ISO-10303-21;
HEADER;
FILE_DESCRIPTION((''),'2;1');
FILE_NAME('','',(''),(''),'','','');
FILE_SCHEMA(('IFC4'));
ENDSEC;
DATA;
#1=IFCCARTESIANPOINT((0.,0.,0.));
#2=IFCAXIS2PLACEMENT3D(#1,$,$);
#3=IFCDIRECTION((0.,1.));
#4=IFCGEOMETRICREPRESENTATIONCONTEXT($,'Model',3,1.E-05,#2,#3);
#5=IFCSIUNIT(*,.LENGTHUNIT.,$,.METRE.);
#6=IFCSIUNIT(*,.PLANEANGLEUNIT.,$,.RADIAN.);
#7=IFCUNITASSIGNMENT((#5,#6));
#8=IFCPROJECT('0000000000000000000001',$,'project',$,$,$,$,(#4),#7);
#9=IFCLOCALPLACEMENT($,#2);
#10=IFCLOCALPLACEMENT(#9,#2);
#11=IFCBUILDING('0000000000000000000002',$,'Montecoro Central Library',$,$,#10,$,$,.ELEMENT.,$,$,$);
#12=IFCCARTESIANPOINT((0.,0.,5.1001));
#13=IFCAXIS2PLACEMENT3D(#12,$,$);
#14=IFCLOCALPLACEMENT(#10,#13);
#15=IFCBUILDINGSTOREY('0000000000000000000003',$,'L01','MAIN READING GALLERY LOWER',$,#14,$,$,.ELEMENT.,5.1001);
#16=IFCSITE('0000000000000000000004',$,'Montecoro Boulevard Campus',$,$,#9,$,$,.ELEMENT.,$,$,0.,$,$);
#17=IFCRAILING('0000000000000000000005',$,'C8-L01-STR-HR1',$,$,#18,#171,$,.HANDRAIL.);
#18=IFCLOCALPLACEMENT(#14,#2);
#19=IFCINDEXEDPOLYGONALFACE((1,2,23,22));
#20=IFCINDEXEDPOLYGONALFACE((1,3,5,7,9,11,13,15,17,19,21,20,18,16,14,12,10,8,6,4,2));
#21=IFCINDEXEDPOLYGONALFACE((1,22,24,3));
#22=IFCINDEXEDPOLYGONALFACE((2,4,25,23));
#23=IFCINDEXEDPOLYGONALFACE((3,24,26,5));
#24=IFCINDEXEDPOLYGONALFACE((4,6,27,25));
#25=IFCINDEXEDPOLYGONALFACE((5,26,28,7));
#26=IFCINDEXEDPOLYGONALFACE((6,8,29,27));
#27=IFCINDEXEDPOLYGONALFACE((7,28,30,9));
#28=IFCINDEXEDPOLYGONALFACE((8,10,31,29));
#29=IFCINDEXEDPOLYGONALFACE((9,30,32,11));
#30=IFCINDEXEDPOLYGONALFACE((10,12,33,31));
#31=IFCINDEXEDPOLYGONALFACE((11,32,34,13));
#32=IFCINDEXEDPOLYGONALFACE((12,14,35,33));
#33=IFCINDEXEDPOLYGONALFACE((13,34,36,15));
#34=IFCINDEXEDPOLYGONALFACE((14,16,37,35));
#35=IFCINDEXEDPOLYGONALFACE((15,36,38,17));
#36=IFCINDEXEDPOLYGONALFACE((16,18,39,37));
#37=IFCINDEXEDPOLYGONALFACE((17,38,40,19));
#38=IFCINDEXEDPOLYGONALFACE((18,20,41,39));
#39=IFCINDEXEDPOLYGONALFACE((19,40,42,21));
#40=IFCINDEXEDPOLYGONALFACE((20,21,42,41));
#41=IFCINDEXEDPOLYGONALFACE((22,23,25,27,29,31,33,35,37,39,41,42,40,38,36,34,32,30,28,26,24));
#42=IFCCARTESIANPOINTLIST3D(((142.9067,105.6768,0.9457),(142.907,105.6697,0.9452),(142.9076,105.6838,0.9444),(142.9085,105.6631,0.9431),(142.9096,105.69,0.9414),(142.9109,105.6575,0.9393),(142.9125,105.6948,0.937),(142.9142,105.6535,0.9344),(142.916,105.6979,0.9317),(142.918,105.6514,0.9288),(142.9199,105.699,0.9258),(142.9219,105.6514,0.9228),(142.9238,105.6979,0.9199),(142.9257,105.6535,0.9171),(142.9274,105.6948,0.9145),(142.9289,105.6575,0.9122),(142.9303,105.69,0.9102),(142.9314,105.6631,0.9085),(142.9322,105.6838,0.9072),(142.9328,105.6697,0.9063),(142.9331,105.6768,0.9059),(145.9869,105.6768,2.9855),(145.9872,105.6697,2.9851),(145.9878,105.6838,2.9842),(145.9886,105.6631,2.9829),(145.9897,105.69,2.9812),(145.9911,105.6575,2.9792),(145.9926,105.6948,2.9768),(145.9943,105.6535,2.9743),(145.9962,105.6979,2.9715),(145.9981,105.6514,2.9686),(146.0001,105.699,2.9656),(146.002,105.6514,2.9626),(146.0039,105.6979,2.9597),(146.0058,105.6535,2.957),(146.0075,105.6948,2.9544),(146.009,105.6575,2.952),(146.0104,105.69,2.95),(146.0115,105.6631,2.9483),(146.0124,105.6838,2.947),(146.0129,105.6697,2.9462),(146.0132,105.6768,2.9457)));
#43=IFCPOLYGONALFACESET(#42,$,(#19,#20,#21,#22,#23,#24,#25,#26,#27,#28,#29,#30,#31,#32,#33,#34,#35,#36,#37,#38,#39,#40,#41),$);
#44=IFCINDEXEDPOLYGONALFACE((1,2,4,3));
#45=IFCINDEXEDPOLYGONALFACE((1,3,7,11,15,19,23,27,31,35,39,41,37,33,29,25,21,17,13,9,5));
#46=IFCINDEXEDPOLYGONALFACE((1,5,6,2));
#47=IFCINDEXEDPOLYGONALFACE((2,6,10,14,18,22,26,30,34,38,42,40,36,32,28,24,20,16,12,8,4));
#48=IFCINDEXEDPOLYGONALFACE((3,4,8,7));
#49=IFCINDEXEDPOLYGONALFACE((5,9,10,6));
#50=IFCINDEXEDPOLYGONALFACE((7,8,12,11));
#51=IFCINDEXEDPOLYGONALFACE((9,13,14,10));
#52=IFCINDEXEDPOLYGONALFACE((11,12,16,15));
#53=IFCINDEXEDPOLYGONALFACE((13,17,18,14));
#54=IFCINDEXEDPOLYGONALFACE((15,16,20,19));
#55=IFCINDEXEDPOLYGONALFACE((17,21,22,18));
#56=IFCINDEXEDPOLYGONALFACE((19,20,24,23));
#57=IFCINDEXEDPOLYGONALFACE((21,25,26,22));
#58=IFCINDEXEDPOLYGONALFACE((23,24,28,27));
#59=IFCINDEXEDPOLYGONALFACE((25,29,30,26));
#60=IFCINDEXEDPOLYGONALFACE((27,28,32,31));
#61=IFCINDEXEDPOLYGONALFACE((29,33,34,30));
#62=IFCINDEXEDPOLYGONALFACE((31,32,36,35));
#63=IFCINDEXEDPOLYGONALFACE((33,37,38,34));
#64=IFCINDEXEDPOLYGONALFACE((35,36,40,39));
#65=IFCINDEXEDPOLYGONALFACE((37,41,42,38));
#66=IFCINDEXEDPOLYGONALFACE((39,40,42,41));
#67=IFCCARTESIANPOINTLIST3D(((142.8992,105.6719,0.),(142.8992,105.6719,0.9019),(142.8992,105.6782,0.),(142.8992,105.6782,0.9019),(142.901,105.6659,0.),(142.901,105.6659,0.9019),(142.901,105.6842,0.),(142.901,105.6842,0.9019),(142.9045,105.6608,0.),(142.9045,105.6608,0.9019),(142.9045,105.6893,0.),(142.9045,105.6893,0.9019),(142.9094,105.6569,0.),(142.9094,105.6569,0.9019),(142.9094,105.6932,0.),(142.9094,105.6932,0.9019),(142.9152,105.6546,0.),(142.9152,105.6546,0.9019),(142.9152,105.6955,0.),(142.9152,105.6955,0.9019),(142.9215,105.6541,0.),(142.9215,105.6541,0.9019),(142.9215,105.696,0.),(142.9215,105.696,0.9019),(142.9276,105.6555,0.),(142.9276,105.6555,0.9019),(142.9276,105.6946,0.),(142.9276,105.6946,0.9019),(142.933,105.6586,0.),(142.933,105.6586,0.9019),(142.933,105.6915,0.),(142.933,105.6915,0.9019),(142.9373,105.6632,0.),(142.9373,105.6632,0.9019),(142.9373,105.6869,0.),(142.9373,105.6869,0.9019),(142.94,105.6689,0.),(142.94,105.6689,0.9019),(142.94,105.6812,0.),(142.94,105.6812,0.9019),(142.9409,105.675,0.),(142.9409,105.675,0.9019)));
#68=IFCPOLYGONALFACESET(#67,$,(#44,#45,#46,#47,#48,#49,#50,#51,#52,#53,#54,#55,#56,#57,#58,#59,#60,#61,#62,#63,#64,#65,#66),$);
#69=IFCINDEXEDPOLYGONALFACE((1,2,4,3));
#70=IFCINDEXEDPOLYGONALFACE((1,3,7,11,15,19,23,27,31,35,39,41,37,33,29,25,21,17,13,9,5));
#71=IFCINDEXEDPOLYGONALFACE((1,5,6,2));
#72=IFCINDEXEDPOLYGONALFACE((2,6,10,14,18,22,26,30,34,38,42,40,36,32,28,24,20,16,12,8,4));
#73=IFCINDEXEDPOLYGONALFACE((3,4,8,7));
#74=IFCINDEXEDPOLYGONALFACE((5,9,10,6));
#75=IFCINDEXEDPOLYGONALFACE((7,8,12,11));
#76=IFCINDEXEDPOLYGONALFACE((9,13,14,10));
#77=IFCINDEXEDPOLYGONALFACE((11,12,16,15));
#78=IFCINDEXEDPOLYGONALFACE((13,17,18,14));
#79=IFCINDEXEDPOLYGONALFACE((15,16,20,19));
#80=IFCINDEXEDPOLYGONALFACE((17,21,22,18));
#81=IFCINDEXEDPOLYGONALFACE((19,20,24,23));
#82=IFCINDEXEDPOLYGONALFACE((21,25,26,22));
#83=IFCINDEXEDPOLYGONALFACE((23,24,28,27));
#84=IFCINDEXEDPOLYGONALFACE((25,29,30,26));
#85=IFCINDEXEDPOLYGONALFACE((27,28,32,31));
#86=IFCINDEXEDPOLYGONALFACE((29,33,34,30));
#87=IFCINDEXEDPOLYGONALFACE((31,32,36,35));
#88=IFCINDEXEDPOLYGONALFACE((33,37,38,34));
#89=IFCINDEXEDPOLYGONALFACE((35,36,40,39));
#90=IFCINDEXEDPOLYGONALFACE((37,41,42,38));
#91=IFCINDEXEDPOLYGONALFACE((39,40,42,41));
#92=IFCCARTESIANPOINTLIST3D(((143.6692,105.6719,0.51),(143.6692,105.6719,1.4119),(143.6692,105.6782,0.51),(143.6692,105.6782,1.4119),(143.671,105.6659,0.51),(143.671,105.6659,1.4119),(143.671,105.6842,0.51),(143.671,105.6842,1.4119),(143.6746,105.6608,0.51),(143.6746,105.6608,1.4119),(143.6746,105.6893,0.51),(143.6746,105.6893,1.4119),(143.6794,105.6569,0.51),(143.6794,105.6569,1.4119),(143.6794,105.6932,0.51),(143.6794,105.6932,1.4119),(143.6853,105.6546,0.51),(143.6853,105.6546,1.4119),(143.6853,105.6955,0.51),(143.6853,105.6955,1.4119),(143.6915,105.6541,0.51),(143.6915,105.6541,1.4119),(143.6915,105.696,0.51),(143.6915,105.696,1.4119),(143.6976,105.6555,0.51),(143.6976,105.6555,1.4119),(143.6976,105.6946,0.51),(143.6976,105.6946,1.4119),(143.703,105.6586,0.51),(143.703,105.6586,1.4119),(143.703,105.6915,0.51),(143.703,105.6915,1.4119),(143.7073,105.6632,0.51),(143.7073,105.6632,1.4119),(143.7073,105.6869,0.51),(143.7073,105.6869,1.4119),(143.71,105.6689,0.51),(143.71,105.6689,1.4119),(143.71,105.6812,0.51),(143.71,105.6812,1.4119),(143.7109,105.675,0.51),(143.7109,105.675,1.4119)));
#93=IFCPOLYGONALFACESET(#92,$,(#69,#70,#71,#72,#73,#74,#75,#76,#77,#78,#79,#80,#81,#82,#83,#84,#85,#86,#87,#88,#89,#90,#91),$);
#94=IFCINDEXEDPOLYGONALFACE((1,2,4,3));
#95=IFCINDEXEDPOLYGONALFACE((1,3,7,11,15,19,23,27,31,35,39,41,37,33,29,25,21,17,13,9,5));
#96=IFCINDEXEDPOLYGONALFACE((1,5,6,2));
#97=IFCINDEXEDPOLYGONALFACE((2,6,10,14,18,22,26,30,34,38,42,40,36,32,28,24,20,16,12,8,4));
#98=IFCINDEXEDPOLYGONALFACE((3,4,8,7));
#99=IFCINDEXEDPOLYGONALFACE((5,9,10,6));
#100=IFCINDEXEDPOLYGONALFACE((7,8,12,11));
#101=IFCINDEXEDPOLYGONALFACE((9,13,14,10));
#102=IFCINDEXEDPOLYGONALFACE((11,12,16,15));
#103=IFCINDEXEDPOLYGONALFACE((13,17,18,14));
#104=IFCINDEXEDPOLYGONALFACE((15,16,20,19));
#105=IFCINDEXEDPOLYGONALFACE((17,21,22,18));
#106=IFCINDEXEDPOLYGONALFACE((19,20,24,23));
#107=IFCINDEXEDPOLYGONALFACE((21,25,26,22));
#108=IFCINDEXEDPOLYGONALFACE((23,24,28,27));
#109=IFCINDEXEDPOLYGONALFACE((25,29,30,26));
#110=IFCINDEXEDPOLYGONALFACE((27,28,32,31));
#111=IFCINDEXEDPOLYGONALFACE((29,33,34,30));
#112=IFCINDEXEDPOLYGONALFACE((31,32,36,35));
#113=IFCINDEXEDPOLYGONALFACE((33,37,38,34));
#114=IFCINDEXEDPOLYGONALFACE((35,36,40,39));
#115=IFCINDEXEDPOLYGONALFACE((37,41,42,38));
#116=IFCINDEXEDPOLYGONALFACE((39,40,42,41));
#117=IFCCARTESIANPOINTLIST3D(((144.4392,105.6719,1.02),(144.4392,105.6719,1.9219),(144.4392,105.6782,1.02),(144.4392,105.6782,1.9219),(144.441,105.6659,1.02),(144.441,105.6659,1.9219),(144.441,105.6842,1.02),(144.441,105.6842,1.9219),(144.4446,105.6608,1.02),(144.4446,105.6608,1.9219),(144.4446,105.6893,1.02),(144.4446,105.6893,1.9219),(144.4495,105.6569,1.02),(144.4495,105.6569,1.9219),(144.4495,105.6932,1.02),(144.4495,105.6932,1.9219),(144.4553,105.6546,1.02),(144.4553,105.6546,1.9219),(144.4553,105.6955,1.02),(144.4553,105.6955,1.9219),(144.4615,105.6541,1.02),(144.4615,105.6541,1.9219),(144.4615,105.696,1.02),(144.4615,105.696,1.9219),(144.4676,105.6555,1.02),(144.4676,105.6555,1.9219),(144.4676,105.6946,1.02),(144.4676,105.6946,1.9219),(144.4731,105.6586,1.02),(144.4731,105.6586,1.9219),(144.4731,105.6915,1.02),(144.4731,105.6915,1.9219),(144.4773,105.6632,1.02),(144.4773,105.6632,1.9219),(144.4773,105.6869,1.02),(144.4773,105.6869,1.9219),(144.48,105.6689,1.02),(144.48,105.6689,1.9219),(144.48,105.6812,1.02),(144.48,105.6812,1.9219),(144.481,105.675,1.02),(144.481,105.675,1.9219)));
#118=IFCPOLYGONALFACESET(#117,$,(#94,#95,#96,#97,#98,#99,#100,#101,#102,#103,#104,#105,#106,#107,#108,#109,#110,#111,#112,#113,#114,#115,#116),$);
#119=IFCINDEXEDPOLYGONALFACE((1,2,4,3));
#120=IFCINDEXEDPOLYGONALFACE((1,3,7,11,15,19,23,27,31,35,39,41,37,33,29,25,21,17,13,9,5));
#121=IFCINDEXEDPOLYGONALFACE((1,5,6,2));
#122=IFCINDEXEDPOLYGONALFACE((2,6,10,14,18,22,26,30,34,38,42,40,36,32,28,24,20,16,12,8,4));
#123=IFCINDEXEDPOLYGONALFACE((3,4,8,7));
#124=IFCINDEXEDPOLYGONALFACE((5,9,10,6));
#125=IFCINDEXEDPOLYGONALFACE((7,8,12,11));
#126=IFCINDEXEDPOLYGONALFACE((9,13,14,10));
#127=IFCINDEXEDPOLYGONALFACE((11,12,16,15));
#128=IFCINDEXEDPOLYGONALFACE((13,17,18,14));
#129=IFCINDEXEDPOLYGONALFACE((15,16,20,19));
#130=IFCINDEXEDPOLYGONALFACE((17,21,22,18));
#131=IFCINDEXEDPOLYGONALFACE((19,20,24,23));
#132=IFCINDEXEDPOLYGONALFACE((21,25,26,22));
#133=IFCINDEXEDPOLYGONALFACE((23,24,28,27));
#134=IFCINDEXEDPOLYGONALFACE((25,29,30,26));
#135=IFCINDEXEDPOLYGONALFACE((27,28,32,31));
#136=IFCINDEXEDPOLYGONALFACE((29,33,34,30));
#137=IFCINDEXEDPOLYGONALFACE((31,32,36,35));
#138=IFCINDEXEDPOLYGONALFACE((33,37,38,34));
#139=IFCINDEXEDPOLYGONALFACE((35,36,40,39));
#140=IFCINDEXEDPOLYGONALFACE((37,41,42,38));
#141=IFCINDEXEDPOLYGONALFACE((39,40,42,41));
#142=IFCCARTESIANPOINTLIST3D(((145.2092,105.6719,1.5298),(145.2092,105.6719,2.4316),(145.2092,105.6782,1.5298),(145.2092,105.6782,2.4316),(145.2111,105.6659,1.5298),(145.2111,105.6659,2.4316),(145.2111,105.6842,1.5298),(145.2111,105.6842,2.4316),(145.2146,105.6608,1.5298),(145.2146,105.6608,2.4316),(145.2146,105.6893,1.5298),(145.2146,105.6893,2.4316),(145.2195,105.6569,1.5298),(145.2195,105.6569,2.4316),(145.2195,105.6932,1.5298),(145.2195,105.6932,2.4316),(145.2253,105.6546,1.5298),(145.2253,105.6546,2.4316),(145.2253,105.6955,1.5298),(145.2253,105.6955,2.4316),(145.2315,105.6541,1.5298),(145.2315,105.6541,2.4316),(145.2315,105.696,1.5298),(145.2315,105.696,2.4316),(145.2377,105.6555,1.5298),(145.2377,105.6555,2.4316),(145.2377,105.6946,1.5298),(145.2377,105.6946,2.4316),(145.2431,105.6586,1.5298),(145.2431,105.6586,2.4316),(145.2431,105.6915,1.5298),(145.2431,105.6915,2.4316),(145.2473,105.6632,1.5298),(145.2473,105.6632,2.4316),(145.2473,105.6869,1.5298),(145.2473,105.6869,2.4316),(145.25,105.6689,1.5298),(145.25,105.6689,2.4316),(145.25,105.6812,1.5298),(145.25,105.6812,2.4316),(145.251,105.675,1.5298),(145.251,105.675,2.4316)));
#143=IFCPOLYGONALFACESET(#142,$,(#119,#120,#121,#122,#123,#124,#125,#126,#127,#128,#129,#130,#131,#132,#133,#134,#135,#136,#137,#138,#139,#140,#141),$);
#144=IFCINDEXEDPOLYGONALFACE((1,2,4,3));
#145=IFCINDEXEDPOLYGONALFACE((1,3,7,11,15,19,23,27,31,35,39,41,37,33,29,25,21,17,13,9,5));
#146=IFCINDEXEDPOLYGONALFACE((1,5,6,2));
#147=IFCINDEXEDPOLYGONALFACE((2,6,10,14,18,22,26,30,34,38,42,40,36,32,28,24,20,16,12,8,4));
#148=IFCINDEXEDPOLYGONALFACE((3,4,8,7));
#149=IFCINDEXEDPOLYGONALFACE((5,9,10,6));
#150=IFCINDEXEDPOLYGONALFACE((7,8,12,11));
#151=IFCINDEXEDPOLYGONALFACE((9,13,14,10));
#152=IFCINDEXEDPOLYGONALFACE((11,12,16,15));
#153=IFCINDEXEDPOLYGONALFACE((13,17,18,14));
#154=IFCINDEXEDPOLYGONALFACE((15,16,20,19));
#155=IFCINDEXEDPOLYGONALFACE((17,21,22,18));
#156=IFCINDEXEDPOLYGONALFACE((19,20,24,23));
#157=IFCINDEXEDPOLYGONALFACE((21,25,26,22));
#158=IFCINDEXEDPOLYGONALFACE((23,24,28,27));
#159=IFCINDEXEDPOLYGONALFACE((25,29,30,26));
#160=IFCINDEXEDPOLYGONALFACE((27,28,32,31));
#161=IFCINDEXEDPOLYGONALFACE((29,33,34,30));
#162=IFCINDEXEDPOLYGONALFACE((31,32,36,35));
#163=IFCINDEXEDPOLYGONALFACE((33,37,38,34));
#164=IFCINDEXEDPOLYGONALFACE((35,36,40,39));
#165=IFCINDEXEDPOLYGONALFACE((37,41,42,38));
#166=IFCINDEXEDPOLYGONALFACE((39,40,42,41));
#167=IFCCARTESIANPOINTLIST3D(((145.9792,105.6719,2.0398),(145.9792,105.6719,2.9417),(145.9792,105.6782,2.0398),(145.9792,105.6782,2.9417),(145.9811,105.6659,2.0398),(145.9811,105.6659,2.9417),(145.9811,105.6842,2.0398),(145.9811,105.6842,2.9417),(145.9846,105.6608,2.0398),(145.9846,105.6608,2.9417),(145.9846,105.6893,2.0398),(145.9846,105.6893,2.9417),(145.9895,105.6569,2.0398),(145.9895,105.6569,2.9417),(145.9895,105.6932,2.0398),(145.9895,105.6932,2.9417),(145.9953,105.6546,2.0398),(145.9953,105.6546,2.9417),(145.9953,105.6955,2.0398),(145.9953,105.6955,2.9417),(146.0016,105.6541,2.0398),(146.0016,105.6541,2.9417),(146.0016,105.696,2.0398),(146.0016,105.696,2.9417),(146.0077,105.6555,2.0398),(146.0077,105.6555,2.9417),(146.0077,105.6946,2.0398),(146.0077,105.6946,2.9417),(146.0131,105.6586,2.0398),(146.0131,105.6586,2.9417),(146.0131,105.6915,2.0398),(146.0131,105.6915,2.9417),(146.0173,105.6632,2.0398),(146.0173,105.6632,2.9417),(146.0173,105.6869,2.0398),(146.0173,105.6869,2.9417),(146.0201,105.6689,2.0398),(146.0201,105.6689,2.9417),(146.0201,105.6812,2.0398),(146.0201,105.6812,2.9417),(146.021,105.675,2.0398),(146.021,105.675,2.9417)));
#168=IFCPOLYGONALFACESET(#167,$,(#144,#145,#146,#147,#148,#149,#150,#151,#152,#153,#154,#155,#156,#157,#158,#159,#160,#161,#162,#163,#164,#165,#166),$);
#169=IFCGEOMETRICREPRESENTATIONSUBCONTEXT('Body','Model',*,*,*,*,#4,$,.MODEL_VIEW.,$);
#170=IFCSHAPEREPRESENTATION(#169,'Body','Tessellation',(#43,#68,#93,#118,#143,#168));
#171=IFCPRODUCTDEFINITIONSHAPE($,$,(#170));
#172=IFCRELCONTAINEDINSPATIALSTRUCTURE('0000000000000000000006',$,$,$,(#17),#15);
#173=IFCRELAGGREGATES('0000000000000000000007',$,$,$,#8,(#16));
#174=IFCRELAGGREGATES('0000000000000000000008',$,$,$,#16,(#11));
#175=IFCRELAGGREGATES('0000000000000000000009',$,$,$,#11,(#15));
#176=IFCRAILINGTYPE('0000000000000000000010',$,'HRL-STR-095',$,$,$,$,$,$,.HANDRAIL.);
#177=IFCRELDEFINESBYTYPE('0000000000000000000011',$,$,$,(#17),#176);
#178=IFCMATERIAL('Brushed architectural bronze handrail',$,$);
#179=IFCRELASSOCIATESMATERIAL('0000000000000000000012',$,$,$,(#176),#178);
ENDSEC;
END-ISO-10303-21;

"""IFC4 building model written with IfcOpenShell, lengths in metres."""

from ifc_helpers import new_model, si_unit, direction, frame, origin, origin_2d, place, context, subcontext, project, spatial, circle, extrude, material, type_object, element, save


model = new_model("IFC4")

# Units and contexts
model_context = context("Model", 3, precision=1e-05, world=origin(), true_north=direction((0.0, 1.0)))
body_context = subcontext(model_context, "Body", "Model", "MODEL_VIEW")
ifc_project = project(units=[si_unit("LENGTHUNIT", "METRE"), si_unit("PLANEANGLEUNIT", "RADIAN")], contexts=[model_context])

# Site, building, storey
site_placement = place(None, origin())
site = spatial("IfcSite", under=ifc_project, at=site_placement, Name="Montecoro Boulevard Campus", CompositionType="ELEMENT", RefElevation=0.0)
building_placement = place(site_placement, origin())
building = spatial("IfcBuilding", under=site, at=building_placement, Name="Montecoro Central Library", CompositionType="ELEMENT")
storey_placement = place(building_placement, frame((0.0, 0.0, 5.1001)))
storey = spatial("IfcBuildingStorey", under=building, at=storey_placement, Name="L01", Description="MAIN READING GALLERY LOWER", CompositionType="ELEMENT", Elevation=5.1001)

# Railing
ifc_material_1 = material(Name="Brushed architectural bronze handrail")
railing_type_1 = type_object("IfcRailingType", Name="HRL-STR-095", PredefinedType="HANDRAIL", material=ifc_material_1)
railing_1_placement = place(storey_placement, frame((142.9199, 105.675, 0.0)))
element("IfcRailing", 1, at=railing_1_placement, inside=storey, type_object=railing_type_1, Name="C8-L01-STR-HR1", PredefinedType="HANDRAIL", context=body_context, shape_type="SweptSolid", body=[
    extrude(circle(Radius=0.0239, at=origin_2d()), frame((0.0, 0.0, 0.9258), z_axis=(0.833744, 0.0, 0.552151), x_axis=(0.0, 1.0, 0.0)), (0.0, 0.0, 1.0), 3.6943),
    extrude(circle(Radius=0.021, at=origin_2d()), origin(), (0.0, 0.0, 1.0), 0.9019),
    extrude(circle(Radius=0.021, at=origin_2d()), frame((0.77, 0.0, 0.51)), (0.0, 0.0, 1.0), 0.9019),
    extrude(circle(Radius=0.021, at=origin_2d()), frame((1.54, 0.0, 1.02)), (0.0, 0.0, 1.0), 0.9019),
    extrude(circle(Radius=0.021, at=origin_2d()), frame((2.3101, 0.0, 1.5298)), (0.0, 0.0, 1.0), 0.9019),
    extrude(circle(Radius=0.021, at=origin_2d()), frame((3.0801, 0.0, 2.0398)), (0.0, 0.0, 1.0), 0.9019),
])

save(model, "model.ifc")
